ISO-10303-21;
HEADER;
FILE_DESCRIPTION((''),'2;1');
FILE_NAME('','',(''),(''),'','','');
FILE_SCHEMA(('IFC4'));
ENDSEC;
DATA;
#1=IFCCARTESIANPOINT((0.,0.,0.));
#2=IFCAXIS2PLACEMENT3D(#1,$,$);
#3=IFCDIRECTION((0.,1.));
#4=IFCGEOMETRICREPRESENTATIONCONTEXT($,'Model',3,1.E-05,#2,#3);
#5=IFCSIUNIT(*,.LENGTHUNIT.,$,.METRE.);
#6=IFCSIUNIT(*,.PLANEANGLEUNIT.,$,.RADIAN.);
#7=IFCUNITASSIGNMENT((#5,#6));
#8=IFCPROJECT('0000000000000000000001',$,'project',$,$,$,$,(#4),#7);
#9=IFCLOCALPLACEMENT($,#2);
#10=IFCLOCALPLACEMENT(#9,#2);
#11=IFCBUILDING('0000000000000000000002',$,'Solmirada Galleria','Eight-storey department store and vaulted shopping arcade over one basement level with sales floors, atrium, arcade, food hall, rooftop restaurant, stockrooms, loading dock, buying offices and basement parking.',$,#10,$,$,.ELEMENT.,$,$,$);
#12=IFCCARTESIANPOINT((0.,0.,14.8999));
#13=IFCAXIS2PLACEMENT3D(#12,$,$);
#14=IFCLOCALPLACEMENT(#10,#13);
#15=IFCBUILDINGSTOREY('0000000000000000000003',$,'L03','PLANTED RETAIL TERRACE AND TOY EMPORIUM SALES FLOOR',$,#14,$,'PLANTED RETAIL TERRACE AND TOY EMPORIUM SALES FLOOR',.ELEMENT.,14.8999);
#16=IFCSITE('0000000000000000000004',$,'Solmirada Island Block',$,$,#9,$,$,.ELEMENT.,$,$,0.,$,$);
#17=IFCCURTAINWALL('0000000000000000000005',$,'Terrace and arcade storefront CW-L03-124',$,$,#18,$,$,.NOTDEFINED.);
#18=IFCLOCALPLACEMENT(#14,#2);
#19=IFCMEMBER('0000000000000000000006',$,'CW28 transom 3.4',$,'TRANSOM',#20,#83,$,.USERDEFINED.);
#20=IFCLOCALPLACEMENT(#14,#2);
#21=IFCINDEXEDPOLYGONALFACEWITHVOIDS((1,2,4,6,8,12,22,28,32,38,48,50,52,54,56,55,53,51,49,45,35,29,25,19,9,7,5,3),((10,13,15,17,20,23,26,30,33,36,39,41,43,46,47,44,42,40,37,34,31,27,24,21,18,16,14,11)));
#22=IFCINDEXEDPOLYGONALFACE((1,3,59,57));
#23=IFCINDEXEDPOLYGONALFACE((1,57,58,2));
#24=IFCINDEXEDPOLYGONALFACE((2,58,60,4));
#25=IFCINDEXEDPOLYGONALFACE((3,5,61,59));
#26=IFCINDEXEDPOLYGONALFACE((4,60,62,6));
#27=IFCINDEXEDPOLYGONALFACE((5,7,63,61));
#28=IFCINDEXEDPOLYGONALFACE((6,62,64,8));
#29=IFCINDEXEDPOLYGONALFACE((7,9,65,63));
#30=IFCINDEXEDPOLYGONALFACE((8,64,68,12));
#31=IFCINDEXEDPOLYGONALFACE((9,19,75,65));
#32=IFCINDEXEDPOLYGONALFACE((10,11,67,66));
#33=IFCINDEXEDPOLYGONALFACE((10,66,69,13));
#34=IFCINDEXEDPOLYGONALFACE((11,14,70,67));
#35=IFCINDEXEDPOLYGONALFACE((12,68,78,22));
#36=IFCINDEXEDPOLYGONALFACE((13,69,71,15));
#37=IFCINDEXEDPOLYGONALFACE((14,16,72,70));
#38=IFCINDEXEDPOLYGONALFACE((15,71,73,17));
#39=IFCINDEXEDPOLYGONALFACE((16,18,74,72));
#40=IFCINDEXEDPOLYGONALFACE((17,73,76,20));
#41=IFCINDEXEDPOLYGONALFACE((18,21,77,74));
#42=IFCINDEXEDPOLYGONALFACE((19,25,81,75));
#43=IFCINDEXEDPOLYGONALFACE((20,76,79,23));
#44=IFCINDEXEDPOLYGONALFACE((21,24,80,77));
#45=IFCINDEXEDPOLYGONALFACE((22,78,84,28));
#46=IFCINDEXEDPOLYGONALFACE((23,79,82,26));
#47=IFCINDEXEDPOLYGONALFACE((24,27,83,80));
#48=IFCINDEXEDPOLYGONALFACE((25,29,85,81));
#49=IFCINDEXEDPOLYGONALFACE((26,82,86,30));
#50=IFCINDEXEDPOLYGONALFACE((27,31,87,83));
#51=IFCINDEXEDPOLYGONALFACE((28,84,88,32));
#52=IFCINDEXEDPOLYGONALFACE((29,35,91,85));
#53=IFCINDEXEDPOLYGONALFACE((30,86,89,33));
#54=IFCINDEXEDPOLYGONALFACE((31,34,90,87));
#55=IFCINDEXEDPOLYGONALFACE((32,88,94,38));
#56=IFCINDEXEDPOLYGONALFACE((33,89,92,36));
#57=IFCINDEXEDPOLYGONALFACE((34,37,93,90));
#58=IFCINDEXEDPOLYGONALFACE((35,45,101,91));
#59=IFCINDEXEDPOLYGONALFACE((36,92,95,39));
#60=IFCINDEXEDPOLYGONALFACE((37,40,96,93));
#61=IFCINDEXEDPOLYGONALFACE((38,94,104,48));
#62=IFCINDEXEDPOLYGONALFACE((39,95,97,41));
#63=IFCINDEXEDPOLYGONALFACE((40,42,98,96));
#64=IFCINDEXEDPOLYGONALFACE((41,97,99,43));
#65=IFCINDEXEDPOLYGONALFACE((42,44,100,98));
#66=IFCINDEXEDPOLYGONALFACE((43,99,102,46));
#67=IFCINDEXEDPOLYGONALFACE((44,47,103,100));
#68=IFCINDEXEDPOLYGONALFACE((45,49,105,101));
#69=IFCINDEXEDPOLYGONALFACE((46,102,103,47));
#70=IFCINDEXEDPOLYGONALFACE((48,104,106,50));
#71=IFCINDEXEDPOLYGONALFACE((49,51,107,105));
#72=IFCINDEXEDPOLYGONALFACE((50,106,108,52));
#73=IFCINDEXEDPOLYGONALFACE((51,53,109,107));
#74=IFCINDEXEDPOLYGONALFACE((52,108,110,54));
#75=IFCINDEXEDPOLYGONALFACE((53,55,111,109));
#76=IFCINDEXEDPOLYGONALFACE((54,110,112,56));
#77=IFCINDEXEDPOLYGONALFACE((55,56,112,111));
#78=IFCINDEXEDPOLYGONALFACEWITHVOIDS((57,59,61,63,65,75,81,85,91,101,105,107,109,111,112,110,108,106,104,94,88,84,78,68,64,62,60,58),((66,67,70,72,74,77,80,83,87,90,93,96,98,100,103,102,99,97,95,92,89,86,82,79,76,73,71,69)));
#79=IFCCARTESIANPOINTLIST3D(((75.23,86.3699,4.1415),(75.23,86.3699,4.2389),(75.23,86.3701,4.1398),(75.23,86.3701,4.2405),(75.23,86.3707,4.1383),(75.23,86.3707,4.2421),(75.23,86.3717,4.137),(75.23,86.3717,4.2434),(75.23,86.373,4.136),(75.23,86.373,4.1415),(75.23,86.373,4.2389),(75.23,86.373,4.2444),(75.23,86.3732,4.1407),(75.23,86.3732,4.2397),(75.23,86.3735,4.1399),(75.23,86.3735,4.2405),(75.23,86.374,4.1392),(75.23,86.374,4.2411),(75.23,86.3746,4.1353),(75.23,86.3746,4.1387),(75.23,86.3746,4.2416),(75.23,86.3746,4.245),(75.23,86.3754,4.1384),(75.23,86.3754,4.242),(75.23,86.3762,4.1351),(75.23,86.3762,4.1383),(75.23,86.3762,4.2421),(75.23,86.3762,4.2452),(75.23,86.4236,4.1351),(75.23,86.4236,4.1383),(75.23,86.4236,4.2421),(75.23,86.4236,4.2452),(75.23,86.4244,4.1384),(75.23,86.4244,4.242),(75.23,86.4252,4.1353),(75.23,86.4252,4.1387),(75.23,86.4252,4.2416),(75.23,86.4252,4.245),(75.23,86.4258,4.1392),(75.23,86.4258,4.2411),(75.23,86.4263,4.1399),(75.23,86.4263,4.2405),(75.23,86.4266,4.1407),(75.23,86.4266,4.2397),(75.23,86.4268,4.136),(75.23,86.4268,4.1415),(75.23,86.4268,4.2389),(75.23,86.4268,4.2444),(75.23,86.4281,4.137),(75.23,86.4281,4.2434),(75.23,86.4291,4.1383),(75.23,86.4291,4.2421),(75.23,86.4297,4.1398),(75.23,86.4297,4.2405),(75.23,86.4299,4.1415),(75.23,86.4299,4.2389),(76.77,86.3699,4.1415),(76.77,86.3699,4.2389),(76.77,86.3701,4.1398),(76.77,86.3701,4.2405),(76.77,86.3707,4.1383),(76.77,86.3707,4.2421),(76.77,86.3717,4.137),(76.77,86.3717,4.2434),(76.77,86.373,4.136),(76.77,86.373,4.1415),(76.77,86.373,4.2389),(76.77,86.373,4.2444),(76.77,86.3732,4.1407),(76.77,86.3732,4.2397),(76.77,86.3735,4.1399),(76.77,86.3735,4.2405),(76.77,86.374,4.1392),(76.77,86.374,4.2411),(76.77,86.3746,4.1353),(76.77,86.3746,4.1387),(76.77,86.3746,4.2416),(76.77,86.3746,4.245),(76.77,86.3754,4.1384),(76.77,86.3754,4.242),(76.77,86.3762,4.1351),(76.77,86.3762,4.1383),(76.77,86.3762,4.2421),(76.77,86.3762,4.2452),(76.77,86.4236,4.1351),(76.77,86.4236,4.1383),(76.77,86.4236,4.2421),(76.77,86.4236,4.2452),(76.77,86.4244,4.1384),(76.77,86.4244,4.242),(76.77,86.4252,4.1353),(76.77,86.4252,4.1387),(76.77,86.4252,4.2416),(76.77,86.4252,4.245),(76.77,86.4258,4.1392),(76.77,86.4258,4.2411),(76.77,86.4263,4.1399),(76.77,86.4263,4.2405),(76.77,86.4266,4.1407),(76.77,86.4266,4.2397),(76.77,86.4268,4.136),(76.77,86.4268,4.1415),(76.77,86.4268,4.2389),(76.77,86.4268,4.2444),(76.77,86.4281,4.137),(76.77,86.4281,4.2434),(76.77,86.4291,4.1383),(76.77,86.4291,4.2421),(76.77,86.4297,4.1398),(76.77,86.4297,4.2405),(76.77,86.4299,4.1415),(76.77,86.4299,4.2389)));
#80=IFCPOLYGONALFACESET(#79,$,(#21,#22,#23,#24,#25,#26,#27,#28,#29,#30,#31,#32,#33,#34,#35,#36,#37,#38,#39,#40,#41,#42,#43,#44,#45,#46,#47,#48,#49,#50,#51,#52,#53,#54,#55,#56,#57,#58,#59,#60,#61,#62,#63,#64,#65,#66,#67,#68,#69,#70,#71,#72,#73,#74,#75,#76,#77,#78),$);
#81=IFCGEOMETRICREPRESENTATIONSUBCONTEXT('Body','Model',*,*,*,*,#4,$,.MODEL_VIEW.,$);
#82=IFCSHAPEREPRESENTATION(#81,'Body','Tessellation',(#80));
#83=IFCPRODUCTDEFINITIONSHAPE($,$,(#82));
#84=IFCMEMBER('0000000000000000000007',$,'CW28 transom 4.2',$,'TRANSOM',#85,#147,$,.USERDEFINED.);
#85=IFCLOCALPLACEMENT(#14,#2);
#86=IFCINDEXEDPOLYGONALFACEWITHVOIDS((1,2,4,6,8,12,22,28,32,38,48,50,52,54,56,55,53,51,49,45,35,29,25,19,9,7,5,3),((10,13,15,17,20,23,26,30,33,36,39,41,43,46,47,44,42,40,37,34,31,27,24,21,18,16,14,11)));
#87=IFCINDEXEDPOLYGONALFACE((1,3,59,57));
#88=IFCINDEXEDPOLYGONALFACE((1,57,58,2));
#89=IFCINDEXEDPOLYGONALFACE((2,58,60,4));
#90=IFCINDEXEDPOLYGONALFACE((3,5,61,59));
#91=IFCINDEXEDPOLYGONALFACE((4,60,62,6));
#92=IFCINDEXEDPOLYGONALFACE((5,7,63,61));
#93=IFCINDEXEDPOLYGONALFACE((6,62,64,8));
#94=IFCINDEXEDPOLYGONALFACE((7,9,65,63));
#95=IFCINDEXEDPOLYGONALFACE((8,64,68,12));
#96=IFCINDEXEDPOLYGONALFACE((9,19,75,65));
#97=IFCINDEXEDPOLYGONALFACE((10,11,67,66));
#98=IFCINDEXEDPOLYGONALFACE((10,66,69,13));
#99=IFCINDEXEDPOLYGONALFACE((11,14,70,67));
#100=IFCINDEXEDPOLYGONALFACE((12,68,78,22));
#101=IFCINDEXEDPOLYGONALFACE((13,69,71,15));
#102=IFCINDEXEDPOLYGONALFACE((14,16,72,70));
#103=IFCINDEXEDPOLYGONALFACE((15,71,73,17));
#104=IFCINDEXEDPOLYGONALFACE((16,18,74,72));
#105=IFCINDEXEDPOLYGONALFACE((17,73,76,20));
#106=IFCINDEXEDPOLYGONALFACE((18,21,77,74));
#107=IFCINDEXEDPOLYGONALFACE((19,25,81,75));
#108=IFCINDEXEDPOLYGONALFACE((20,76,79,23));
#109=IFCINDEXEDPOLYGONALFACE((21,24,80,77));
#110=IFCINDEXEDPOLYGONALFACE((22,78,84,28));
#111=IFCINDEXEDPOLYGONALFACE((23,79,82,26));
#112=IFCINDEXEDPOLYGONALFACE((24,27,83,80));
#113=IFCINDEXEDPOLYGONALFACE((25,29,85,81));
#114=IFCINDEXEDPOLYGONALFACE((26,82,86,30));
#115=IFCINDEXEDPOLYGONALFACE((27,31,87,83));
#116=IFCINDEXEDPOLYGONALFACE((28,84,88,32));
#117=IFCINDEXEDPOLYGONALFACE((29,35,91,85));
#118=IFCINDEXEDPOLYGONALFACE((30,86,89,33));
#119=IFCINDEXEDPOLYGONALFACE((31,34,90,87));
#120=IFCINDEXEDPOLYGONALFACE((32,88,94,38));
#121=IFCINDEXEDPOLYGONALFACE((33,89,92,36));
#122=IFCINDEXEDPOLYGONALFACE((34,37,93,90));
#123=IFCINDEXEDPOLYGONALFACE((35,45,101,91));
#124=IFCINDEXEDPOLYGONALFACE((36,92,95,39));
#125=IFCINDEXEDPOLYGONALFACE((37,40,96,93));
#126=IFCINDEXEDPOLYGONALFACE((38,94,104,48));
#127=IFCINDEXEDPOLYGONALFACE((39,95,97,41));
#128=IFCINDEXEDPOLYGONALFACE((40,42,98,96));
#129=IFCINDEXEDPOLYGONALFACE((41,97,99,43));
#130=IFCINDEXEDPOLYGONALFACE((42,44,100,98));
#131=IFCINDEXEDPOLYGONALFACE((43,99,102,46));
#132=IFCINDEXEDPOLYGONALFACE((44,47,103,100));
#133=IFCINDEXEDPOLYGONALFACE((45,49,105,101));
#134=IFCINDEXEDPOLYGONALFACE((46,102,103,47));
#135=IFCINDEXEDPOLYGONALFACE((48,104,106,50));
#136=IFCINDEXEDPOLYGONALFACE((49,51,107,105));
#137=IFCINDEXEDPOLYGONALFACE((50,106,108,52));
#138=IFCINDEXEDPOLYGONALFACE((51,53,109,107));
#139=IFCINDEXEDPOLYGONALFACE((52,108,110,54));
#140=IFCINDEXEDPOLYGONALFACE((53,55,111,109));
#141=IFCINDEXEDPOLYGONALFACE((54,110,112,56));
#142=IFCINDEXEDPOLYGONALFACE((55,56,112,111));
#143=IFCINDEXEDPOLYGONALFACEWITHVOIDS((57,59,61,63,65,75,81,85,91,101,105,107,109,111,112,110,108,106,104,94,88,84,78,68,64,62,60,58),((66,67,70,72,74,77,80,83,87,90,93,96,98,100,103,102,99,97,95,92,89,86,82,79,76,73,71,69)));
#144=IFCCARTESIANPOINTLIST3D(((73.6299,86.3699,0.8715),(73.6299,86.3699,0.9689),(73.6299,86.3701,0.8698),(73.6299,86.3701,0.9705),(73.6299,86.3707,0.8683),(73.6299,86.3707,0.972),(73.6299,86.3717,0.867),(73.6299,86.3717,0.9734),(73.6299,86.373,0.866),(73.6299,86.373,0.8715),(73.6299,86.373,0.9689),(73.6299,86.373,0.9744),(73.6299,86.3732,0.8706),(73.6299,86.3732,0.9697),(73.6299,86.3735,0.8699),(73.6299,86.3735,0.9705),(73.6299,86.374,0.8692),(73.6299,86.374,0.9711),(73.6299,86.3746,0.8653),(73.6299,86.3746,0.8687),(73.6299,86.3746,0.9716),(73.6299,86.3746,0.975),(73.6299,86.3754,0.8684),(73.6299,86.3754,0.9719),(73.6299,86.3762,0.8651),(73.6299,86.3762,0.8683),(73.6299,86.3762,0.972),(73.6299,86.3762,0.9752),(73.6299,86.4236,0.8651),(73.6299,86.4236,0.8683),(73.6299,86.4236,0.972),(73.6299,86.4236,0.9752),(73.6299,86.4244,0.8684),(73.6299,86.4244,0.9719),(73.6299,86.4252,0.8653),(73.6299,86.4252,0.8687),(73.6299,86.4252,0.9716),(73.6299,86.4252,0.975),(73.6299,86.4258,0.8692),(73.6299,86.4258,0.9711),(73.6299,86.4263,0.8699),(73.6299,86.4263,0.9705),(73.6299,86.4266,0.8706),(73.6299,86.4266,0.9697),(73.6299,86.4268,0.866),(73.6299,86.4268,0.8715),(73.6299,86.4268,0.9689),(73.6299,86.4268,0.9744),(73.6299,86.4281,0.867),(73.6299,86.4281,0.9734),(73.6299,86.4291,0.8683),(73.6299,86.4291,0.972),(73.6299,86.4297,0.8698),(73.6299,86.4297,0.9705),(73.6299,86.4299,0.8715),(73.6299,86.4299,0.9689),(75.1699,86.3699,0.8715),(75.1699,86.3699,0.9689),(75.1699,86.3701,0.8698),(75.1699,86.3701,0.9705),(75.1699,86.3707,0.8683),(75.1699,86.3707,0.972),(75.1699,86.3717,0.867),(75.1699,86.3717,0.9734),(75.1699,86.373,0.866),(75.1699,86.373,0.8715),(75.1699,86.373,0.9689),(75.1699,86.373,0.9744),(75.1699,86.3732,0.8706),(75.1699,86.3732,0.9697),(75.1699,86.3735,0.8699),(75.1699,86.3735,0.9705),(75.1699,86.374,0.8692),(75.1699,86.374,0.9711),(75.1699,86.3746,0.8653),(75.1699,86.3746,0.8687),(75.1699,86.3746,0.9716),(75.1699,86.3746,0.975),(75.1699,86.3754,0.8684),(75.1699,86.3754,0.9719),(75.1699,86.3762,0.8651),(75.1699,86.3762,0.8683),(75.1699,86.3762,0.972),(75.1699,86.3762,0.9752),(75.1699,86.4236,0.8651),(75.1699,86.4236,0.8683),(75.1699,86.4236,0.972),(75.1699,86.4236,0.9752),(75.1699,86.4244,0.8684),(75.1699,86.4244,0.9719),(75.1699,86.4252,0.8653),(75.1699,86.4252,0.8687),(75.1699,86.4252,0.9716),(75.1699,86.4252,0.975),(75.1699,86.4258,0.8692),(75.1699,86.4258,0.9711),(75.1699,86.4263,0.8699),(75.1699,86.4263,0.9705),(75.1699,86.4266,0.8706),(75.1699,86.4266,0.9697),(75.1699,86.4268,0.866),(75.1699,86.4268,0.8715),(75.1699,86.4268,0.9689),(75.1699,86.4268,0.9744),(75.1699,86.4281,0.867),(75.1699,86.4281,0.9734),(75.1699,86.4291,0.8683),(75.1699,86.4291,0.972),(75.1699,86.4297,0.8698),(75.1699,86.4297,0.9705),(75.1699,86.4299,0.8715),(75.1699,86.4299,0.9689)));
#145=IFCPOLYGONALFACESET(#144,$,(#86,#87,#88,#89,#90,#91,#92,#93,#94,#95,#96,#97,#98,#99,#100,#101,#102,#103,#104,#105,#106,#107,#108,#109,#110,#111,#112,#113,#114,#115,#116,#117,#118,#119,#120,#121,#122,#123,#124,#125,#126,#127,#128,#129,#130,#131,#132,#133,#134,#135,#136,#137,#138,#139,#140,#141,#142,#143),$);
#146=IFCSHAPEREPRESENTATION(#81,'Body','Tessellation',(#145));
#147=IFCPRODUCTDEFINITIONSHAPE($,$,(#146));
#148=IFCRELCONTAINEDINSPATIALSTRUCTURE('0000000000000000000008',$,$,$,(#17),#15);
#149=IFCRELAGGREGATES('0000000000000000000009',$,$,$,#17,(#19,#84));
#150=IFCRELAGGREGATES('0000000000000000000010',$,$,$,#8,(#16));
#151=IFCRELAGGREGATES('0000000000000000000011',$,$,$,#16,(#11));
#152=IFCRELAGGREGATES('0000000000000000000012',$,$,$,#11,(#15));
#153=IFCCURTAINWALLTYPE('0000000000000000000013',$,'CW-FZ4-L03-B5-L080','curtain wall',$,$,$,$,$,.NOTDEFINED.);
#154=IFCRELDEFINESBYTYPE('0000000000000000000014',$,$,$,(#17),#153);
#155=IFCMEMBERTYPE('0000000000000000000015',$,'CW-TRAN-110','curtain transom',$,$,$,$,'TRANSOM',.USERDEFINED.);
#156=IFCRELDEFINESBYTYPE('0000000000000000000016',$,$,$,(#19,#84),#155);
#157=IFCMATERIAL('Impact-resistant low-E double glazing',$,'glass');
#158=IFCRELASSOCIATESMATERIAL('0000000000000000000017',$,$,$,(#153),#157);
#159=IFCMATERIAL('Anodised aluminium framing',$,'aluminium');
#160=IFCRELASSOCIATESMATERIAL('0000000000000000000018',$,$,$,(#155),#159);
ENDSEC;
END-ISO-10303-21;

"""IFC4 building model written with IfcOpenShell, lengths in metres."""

from ifc_helpers import new_model, si_unit, direction, frame, origin, origin_2d, place, context, subcontext, project, spatial, hollow_rectangle, extrude, material, material_profile, profile_set, type_object, element, aggregate, save


model = new_model("IFC4")

# Units and contexts
model_context = context("Model", 3, precision=1e-05, world=origin(), true_north=direction((0.0, 1.0)))
body_context = subcontext(model_context, "Body", "Model", "MODEL_VIEW")
ifc_project = project(units=[si_unit("LENGTHUNIT", "METRE"), si_unit("PLANEANGLEUNIT", "RADIAN")], contexts=[model_context])

# Site, building, storey
site_placement = place(None, origin())
site = spatial("IfcSite", under=ifc_project, at=site_placement, Name="Solmirada Island Block", CompositionType="ELEMENT", RefElevation=0.0)
building_placement = place(site_placement, origin())
building = spatial("IfcBuilding", under=site, at=building_placement, Name="Solmirada Galleria", Description="Eight-storey department store and vaulted shopping arcade over one basement level with sales floors, atrium, arcade, food hall, rooftop restaurant, stockrooms, loading dock, buying offices and basement parking.", CompositionType="ELEMENT")
storey_placement = place(building_placement, frame((0.0, 0.0, 14.8999)))
storey = spatial("IfcBuildingStorey", under=building, at=storey_placement, Name="L03", Description="PLANTED RETAIL TERRACE AND TOY EMPORIUM SALES FLOOR", LongName="PLANTED RETAIL TERRACE AND TOY EMPORIUM SALES FLOOR", CompositionType="ELEMENT", Elevation=14.8999)

# Shared definitions
ifc_material_1 = material(Name="Impact-resistant low-E double glazing", Category="glass")
curtain_wall_type = type_object("IfcCurtainWallType", Name="CW-FZ4-L03-B5-L080", Description="curtain wall", PredefinedType="NOTDEFINED", material=ifc_material_1)
ifc_material_2 = material(Name="Anodised aluminium framing", Category="aluminium")

# Curtain wall, members
curtain_wall_1_placement = place(storey_placement, origin())
curtain_wall_1 = element("IfcCurtainWall", 1, at=curtain_wall_1_placement, inside=storey, type_object=curtain_wall_type, Name="Terrace and arcade storefront CW-L03-124", PredefinedType="NOTDEFINED")
ifc_material_profile_1 = material_profile(ifc_material_2, hollow_rectangle(XDim=0.0601, YDim=0.1101, WallThickness=0.0032, InnerFilletRadius=0.0032, OuterFilletRadius=0.0063, at=origin_2d()), Name="ALU-TRAN-110X60")
ifc_profile_set_1 = profile_set([ifc_material_profile_1], Name="Anodised aluminium framing")
member_type_1 = type_object("IfcMemberType", Name="CW-TRAN-110", Description="curtain transom", ElementType="TRANSOM", PredefinedType="USERDEFINED", material=ifc_profile_set_1)
member_1_placement = place(storey_placement, frame((76.77, 86.3999, 4.1902), z_axis=(-1.0, 0.0, 0.0), x_axis=(0.0, -1.0, 0.0)))
member_1 = element("IfcMember", 2, at=member_1_placement, type_object=member_type_1, Name="CW28 transom 3.4", ObjectType="TRANSOM", PredefinedType="USERDEFINED", context=body_context, shape_type="SweptSolid", body=[
    extrude(hollow_rectangle(XDim=0.0601, YDim=0.1101, WallThickness=0.0032, InnerFilletRadius=0.0032, OuterFilletRadius=0.0063, at=origin_2d()), origin(), (0.0, 0.0, 1.0), 1.54),
])
member_2_placement = place(storey_placement, frame((75.1699, 86.3999, 0.9202), z_axis=(-1.0, 0.0, 0.0), x_axis=(0.0, -1.0, 0.0)))
member_2 = element("IfcMember", 3, at=member_2_placement, type_object=member_type_1, Name="CW28 transom 4.2", ObjectType="TRANSOM", PredefinedType="USERDEFINED", context=body_context, shape_type="SweptSolid", body=[
    extrude(hollow_rectangle(XDim=0.0601, YDim=0.1101, WallThickness=0.0032, InnerFilletRadius=0.0032, OuterFilletRadius=0.0063, at=origin_2d()), origin(), (0.0, 0.0, 1.0), 1.54),
])

aggregate(curtain_wall_1, [member_1, member_2])

save(model, "model.ifc")
